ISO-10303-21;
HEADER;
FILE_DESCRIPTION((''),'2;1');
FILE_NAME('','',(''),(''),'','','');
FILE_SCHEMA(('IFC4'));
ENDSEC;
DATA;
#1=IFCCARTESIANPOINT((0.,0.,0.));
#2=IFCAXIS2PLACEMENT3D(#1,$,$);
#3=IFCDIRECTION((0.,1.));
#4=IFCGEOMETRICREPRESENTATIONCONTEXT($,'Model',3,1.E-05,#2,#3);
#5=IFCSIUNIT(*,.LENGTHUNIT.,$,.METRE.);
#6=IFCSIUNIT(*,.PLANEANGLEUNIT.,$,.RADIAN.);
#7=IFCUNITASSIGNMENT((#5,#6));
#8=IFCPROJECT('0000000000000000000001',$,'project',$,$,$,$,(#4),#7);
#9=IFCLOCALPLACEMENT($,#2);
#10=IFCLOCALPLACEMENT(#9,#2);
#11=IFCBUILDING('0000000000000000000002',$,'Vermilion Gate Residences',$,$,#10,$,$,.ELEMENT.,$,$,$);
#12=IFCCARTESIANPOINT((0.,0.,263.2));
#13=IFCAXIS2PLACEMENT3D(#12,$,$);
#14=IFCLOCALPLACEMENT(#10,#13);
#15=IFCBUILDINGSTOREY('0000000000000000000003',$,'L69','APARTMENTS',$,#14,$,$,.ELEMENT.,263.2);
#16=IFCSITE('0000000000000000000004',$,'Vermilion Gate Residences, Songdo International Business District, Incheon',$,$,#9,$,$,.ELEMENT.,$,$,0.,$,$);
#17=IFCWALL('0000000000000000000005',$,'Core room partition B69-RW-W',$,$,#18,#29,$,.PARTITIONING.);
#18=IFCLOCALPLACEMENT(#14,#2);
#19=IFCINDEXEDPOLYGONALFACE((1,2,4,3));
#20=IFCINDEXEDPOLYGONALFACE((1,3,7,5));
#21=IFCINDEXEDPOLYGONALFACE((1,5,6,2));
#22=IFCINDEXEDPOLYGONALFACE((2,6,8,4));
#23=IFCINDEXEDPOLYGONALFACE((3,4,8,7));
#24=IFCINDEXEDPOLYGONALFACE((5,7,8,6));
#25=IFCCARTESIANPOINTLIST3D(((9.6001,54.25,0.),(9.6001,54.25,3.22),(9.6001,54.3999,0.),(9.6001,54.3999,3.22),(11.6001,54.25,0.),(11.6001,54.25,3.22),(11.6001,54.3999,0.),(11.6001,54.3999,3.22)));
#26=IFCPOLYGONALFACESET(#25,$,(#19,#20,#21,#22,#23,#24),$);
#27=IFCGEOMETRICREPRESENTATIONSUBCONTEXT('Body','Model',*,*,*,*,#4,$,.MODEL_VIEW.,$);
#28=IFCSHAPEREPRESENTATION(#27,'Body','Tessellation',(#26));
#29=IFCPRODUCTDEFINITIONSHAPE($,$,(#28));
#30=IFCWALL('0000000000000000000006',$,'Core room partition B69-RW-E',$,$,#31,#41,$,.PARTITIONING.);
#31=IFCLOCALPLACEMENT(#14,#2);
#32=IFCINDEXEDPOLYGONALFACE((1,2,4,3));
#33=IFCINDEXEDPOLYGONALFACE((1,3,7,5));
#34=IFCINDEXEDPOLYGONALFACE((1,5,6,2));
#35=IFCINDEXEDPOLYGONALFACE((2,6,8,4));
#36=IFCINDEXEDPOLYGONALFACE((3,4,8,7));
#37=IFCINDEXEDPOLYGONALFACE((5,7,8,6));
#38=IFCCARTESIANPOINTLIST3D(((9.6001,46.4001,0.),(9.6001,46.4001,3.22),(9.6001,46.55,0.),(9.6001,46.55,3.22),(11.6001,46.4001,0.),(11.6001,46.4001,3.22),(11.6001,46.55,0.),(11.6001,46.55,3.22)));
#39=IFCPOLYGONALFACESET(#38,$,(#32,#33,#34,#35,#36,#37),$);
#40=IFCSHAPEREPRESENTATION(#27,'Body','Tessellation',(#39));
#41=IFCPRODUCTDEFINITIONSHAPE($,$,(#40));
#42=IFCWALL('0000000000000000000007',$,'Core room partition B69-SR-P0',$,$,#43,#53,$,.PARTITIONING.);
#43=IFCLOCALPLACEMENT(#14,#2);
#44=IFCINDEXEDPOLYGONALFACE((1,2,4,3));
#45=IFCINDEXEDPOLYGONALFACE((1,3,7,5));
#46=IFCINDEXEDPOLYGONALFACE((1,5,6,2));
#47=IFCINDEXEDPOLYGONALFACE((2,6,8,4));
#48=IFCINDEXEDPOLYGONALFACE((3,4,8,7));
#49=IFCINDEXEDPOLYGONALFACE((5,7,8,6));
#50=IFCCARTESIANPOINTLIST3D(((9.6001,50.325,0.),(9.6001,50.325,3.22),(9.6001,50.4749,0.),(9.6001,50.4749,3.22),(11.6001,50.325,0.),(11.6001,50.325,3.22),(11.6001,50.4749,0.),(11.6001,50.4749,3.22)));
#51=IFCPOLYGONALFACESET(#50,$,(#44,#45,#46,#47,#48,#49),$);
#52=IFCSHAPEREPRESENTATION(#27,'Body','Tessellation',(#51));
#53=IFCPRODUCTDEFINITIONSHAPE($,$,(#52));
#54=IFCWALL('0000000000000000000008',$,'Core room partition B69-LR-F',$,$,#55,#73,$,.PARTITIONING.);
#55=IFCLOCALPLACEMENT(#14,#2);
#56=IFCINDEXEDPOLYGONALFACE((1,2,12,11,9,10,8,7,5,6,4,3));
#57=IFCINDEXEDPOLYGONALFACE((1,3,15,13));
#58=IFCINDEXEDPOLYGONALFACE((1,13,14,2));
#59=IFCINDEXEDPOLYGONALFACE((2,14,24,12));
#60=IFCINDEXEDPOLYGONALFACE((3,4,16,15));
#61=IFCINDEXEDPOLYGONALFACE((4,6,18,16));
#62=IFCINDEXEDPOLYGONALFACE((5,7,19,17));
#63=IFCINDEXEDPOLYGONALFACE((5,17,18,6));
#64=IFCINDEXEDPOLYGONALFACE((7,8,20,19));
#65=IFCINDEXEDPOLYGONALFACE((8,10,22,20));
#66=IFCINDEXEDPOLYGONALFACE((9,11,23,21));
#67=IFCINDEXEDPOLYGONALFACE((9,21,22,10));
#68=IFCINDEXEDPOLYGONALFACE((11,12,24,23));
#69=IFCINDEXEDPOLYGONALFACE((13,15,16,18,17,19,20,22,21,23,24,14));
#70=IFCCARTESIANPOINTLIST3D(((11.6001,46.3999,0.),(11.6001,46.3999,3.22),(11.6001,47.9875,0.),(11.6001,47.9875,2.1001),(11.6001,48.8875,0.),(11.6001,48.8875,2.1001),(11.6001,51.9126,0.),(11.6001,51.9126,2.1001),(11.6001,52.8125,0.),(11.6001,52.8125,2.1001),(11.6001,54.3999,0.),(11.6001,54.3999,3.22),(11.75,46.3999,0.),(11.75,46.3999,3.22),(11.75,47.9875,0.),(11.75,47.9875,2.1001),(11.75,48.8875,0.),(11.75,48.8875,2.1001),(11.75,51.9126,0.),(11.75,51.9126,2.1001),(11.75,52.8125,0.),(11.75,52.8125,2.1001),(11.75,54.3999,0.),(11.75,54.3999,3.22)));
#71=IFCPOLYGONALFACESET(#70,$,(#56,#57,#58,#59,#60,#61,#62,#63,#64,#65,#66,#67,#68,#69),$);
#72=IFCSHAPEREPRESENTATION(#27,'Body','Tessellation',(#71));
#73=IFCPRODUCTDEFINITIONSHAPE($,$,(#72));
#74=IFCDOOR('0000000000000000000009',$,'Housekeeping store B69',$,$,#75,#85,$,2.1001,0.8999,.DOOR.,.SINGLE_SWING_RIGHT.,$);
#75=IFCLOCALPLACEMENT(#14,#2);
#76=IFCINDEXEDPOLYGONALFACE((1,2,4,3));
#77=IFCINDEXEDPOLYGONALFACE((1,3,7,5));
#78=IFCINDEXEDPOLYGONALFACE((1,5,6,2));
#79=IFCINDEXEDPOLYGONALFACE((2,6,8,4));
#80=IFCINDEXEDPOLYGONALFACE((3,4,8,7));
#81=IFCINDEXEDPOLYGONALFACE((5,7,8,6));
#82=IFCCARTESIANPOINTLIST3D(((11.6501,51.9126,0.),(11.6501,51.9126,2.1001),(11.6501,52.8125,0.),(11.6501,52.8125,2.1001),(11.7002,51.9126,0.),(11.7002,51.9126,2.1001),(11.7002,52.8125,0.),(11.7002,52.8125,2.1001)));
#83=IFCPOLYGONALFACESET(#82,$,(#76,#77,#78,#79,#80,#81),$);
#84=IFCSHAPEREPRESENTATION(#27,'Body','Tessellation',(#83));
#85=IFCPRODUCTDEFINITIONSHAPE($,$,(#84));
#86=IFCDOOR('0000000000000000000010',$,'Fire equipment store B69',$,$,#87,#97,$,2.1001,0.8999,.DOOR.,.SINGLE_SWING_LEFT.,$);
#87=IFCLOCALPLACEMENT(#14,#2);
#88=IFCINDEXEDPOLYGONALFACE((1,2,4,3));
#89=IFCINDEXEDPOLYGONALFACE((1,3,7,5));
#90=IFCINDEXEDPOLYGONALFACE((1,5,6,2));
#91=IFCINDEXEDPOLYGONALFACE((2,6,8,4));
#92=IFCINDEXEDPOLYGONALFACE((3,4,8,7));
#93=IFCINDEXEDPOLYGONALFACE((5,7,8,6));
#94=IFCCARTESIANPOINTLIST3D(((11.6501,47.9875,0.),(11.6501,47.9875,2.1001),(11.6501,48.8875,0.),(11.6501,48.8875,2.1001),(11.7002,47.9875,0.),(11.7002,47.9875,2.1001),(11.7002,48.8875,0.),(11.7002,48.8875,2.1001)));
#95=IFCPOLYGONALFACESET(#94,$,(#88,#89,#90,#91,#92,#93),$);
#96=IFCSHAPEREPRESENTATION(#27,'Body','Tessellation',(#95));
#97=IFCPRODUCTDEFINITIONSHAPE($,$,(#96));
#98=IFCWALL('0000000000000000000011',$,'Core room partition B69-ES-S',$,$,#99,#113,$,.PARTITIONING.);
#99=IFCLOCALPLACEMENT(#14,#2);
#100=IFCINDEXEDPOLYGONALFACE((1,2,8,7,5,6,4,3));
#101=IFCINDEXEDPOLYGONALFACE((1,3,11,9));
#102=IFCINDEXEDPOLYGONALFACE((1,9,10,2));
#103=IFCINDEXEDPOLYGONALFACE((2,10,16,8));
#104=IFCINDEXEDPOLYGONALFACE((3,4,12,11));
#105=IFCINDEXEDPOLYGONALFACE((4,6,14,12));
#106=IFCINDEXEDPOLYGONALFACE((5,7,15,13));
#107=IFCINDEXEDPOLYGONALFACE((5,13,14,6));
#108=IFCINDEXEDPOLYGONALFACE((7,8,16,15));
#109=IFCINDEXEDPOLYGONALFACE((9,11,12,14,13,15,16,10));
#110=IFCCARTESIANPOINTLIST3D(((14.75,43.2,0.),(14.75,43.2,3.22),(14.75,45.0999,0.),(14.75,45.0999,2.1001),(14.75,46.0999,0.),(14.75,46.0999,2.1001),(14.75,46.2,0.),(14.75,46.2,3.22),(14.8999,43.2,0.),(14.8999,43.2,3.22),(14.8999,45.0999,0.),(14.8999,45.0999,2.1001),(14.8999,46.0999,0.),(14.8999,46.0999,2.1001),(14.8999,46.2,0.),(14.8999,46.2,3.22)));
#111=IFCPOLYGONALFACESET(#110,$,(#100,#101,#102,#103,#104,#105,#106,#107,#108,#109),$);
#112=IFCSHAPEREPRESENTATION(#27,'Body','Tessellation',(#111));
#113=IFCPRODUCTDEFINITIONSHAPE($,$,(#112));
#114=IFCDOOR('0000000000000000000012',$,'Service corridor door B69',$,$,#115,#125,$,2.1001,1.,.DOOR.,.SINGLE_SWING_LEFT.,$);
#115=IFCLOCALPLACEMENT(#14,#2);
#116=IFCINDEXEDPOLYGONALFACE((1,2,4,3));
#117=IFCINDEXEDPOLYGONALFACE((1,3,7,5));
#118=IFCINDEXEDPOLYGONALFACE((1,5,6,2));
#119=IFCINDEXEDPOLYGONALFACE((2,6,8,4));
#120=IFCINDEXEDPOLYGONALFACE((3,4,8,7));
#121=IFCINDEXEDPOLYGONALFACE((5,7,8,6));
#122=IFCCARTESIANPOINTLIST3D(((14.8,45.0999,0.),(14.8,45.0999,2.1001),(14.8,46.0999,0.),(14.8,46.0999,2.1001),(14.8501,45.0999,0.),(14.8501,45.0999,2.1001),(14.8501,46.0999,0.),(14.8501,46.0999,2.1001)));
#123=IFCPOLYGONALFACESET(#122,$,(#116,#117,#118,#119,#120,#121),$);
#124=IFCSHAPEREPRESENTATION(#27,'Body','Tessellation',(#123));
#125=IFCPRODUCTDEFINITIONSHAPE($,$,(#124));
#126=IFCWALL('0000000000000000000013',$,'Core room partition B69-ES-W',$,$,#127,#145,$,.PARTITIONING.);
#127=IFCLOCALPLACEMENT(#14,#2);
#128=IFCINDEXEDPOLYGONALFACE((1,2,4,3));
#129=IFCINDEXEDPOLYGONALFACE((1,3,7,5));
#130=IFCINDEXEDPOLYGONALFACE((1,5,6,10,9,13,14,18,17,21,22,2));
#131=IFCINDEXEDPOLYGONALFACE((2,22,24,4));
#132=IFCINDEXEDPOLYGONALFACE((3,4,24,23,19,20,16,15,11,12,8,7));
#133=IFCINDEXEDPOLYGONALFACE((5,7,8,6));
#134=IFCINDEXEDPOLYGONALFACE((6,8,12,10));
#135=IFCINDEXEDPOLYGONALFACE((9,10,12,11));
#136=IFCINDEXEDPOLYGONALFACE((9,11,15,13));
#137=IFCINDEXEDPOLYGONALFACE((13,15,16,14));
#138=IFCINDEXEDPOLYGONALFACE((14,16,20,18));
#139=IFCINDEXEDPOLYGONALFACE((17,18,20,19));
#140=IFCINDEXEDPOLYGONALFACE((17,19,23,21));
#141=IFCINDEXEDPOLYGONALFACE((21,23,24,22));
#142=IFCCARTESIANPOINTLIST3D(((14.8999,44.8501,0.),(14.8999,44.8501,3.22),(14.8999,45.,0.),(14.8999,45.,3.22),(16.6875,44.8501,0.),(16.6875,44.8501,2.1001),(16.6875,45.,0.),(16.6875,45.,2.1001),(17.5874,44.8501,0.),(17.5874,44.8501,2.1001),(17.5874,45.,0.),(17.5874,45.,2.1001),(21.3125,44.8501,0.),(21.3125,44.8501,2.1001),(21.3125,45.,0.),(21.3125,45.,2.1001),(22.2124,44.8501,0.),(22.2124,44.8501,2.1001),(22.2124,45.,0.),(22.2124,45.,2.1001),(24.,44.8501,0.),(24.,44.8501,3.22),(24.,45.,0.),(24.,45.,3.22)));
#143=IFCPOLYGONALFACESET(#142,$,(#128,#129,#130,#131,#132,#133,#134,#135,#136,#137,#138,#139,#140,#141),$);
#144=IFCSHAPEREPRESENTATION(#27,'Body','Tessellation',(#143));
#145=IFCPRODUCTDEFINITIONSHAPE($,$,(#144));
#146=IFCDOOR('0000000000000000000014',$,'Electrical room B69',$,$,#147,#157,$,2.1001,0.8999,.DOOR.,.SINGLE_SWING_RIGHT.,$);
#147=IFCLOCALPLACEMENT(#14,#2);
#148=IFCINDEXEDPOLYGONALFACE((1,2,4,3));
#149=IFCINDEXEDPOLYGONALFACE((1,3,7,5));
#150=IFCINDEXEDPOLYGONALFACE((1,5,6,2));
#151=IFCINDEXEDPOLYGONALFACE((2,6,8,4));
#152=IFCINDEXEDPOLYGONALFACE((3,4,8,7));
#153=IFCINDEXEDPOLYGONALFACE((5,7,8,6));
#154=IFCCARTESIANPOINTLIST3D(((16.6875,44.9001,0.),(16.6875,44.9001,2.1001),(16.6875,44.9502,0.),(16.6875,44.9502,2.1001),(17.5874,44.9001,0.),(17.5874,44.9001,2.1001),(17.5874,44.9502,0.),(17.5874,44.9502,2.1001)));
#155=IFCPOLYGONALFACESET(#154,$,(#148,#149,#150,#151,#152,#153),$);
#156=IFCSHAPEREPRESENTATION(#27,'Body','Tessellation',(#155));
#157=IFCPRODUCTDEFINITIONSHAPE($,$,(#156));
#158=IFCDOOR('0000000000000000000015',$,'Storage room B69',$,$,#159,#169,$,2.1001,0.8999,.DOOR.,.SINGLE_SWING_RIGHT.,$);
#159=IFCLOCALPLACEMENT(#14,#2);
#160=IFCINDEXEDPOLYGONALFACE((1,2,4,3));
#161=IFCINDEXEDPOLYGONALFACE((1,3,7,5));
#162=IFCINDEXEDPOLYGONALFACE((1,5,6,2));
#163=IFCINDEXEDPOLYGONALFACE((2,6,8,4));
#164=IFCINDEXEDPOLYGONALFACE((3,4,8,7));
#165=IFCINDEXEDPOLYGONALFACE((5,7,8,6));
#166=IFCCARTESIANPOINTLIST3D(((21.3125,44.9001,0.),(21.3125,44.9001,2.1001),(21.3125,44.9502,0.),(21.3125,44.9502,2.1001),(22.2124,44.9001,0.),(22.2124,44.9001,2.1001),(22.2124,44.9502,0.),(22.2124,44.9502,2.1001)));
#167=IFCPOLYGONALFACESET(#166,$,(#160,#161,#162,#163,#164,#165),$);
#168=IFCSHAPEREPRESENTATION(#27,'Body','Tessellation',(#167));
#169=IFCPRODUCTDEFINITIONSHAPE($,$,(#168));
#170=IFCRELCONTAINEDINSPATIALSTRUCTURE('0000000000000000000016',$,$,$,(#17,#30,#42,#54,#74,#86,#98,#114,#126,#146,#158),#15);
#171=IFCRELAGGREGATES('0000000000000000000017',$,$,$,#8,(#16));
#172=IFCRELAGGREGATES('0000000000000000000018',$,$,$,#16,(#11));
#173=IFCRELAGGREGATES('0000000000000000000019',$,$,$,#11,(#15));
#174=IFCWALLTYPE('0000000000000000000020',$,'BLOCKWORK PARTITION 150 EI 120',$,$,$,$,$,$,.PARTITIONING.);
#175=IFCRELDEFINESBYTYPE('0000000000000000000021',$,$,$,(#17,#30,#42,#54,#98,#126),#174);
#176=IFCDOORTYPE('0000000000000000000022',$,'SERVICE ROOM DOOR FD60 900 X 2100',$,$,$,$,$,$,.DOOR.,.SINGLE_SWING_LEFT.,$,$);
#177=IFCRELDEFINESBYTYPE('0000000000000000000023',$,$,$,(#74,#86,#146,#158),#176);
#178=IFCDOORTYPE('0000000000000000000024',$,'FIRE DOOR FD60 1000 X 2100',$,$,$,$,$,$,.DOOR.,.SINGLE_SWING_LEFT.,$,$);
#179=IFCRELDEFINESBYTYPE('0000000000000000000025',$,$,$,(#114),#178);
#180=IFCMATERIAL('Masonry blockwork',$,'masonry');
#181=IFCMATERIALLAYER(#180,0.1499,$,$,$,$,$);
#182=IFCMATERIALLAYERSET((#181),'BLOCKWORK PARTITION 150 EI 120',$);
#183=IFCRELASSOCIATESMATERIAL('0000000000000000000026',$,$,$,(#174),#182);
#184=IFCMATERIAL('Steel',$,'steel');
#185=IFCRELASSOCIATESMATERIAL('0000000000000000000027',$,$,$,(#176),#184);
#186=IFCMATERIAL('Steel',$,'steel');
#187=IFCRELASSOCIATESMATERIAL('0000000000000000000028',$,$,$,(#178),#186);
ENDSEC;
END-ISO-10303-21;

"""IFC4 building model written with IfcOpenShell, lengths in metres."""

from ifc_helpers import new_model, si_unit, direction, frame, frame_2d, origin, place, context, subcontext, project, spatial, rectangle, extrude, material, layer, layer_set, type_object, element, fill, save


model = new_model("IFC4")

# Units and contexts
model_context = context("Model", 3, precision=1e-05, world=origin(), true_north=direction((0.0, 1.0)))
body_context = subcontext(model_context, "Body", "Model", "MODEL_VIEW")
ifc_project = project(units=[si_unit("LENGTHUNIT", "METRE"), si_unit("PLANEANGLEUNIT", "RADIAN")], contexts=[model_context])

# Site, building, storey
site_placement = place(None, origin())
site = spatial("IfcSite", under=ifc_project, at=site_placement, Name="Vermilion Gate Residences, Songdo International Business District, Incheon", CompositionType="ELEMENT", RefElevation=0.0)
building_placement = place(site_placement, origin())
building = spatial("IfcBuilding", under=site, at=building_placement, Name="Vermilion Gate Residences", CompositionType="ELEMENT")
storey_placement = place(building_placement, frame((0.0, 0.0, 263.2)))
storey = spatial("IfcBuildingStorey", under=building, at=storey_placement, Name="L69", Description="APARTMENTS", CompositionType="ELEMENT", Elevation=263.2)

# Walls
ifc_material_1 = material(Name="Masonry blockwork", Category="masonry")
ifc_layer_1 = layer(ifc_material_1, 0.1499)
ifc_layer_set_1 = layer_set([ifc_layer_1], Name="BLOCKWORK PARTITION 150 EI 120")
wall_type_1 = type_object("IfcWallType", Name="BLOCKWORK PARTITION 150 EI 120", PredefinedType="PARTITIONING", material=ifc_layer_set_1)
for number, where, z_axis, x_axis, name in (
    (1, (9.6001, 54.325, 0.0), (0.0, 0.0, 1.0), (1.0, 0.0, 0.0), "Core room partition B69-RW-W"),
    (2, (9.6001, 46.4751, 0.0), (0.0, 0.0, 1.0), (1.0, 0.0, 0.0), "Core room partition B69-RW-E"),
    (3, (9.6001, 50.3999, 0.0), (0.0, 0.0, 1.0), (1.0, 0.0, 0.0), "Core room partition B69-SR-P0"),
):
    element("IfcWall", number, at=place(storey_placement, frame(where, z_axis=z_axis, x_axis=x_axis)), inside=storey, type_object=wall_type_1, Name=name, PredefinedType="PARTITIONING", context=body_context, shape_type="SweptSolid", body=[
        extrude(rectangle(XDim=2.0, YDim=0.1499, at=frame_2d((1.0, 0.0))), origin(), (0.0, 0.0, 1.0), 3.22),
    ])

# Wall, openings, doors
wall_1_placement = place(storey_placement, frame((11.675, 54.3999, 0.0), z_axis=(0.0, 0.0, 1.0), x_axis=(0.0, -1.0, 0.0)))
wall_1 = element("IfcWall", 4, at=wall_1_placement, inside=storey, type_object=wall_type_1, Name="Core room partition B69-LR-F", PredefinedType="PARTITIONING", context=body_context, shape_type="SweptSolid", body=[
    extrude(rectangle(XDim=8.0, YDim=0.1499, at=frame_2d((4.0, 0.0))), origin(), (0.0, 0.0, 1.0), 3.22),
])
opening_1_placement = place(wall_1_placement, frame((1.5874, 0.0, 0.0)))
opening_1 = element("IfcOpeningElement", 5, at=opening_1_placement, cuts=wall_1, PredefinedType="OPENING", context=body_context, shape_type="SweptSolid", body=[
    extrude(rectangle(XDim=0.8999, YDim=2.1001, at=frame_2d((0.45, 1.05))), frame((0.0, 0.085, 0.0), z_axis=(0.0, -1.0, 0.0), x_axis=(1.0, 0.0, 0.0)), (0.0, 0.0, 1.0), 0.1699),
])
opening_2_placement = place(wall_1_placement, frame((5.5125, 0.0, 0.0)))
opening_2 = element("IfcOpeningElement", 6, at=opening_2_placement, cuts=wall_1, PredefinedType="OPENING", context=body_context, shape_type="SweptSolid", body=[
    extrude(rectangle(XDim=0.8999, YDim=2.1001, at=frame_2d((0.45, 1.05))), frame((0.0, 0.085, 0.0), z_axis=(0.0, -1.0, 0.0), x_axis=(1.0, 0.0, 0.0)), (0.0, 0.0, 1.0), 0.1699),
])
ifc_material_2 = material(Name="Steel", Category="steel")
door_type_1 = type_object("IfcDoorType", Name="SERVICE ROOM DOOR FD60 900 X 2100", OperationType="SINGLE_SWING_LEFT", PredefinedType="DOOR", material=ifc_material_2)
door_1_placement = place(opening_1_placement, frame((0.8999, 0.0, 0.0), z_axis=(0.0, 0.0, 1.0), x_axis=(-1.0, 0.0, 0.0)))
door_1 = element("IfcDoor", 7, at=door_1_placement, inside=storey, type_object=door_type_1, Name="Housekeeping store B69", OperationType="SINGLE_SWING_RIGHT", OverallHeight=2.1001, OverallWidth=0.8999, PredefinedType="DOOR", context=body_context, shape_type="SweptSolid", body=[
    extrude(rectangle(XDim=0.8999, YDim=2.1001, at=frame_2d((0.45, 1.05))), frame((0.0, 0.0249, 0.0), z_axis=(0.0, -1.0, 0.0), x_axis=(1.0, 0.0, 0.0)), (0.0, 0.0, 1.0), 0.05),
])
fill(opening_1, door_1)
door_2_placement = place(opening_2_placement, frame((0.8999, 0.0, 0.0), z_axis=(0.0, 0.0, 1.0), x_axis=(-1.0, 0.0, 0.0)))
door_2 = element("IfcDoor", 8, at=door_2_placement, inside=storey, type_object=door_type_1, Name="Fire equipment store B69", OperationType="SINGLE_SWING_LEFT", OverallHeight=2.1001, OverallWidth=0.8999, PredefinedType="DOOR", context=body_context, shape_type="SweptSolid", body=[
    extrude(rectangle(XDim=0.8999, YDim=2.1001, at=frame_2d((0.45, 1.05))), frame((0.0, 0.0249, 0.0), z_axis=(0.0, -1.0, 0.0), x_axis=(1.0, 0.0, 0.0)), (0.0, 0.0, 1.0), 0.05),
])
fill(opening_2, door_2)

# Wall, opening, door
wall_2_placement = place(storey_placement, frame((14.825, 46.2, 0.0), z_axis=(0.0, 0.0, 1.0), x_axis=(0.0, -1.0, 0.0)))
wall_2 = element("IfcWall", 9, at=wall_2_placement, inside=storey, type_object=wall_type_1, Name="Core room partition B69-ES-S", PredefinedType="PARTITIONING", context=body_context, shape_type="SweptSolid", body=[
    extrude(rectangle(XDim=3.0, YDim=0.1499, at=frame_2d((1.5, 0.0))), origin(), (0.0, 0.0, 1.0), 3.22),
])
opening_3_placement = place(wall_2_placement, frame((0.1001, 0.0, 0.0)))
opening_3 = element("IfcOpeningElement", 10, at=opening_3_placement, cuts=wall_2, PredefinedType="OPENING", context=body_context, shape_type="SweptSolid", body=[
    extrude(rectangle(XDim=1.0, YDim=2.1001, at=frame_2d((0.5, 1.05))), frame((0.0, 0.085, 0.0), z_axis=(0.0, -1.0, 0.0), x_axis=(1.0, 0.0, 0.0)), (0.0, 0.0, 1.0), 0.1699),
])
ifc_material_3 = material(Name="Steel", Category="steel")
door_type_2 = type_object("IfcDoorType", Name="FIRE DOOR FD60 1000 X 2100", OperationType="SINGLE_SWING_LEFT", PredefinedType="DOOR", material=ifc_material_3)
door_3_placement = place(opening_3_placement, frame((1.0, 0.0, 0.0), z_axis=(0.0, 0.0, 1.0), x_axis=(-1.0, 0.0, 0.0)))
door_3 = element("IfcDoor", 11, at=door_3_placement, inside=storey, type_object=door_type_2, Name="Service corridor door B69", OperationType="SINGLE_SWING_LEFT", OverallHeight=2.1001, OverallWidth=1.0, PredefinedType="DOOR", context=body_context, shape_type="SweptSolid", body=[
    extrude(rectangle(XDim=1.0, YDim=2.1001, at=frame_2d((0.5, 1.05))), frame((0.0, 0.0249, 0.0), z_axis=(0.0, -1.0, 0.0), x_axis=(1.0, 0.0, 0.0)), (0.0, 0.0, 1.0), 0.05),
])
fill(opening_3, door_3)

# Wall, openings, doors
wall_3_placement = place(storey_placement, frame((14.8999, 44.925, 0.0), z_axis=(0.0, 0.0, 1.0), x_axis=(1.0, 0.0, 0.0)))
wall_3 = element("IfcWall", 12, at=wall_3_placement, inside=storey, type_object=wall_type_1, Name="Core room partition B69-ES-W", PredefinedType="PARTITIONING", context=body_context, shape_type="SweptSolid", body=[
    extrude(rectangle(XDim=9.1001, YDim=0.1499, at=frame_2d((4.55, 0.0))), origin(), (0.0, 0.0, 1.0), 3.22),
])
opening_4_placement = place(wall_3_placement, frame((1.7876, 0.0, 0.0)))
opening_4 = element("IfcOpeningElement", 13, at=opening_4_placement, cuts=wall_3, PredefinedType="OPENING", context=body_context, shape_type="SweptSolid", body=[
    extrude(rectangle(XDim=0.8999, YDim=2.1001, at=frame_2d((0.45, 1.05))), frame((0.0, 0.085, 0.0), z_axis=(0.0, -1.0, 0.0), x_axis=(1.0, 0.0, 0.0)), (0.0, 0.0, 1.0), 0.1699),
])
opening_5_placement = place(wall_3_placement, frame((6.4126, 0.0, 0.0)))
opening_5 = element("IfcOpeningElement", 14, at=opening_5_placement, cuts=wall_3, PredefinedType="OPENING", context=body_context, shape_type="SweptSolid", body=[
    extrude(rectangle(XDim=0.8999, YDim=2.1001, at=frame_2d((0.45, 1.05))), frame((0.0, 0.085, 0.0), z_axis=(0.0, -1.0, 0.0), x_axis=(1.0, 0.0, 0.0)), (0.0, 0.0, 1.0), 0.1699),
])
door_4_placement = place(opening_4_placement, frame((0.8999, 0.0, 0.0), z_axis=(0.0, 0.0, 1.0), x_axis=(-1.0, 0.0, 0.0)))
door_4 = element("IfcDoor", 15, at=door_4_placement, inside=storey, type_object=door_type_1, Name="Electrical room B69", OperationType="SINGLE_SWING_RIGHT", OverallHeight=2.1001, OverallWidth=0.8999, PredefinedType="DOOR", context=body_context, shape_type="SweptSolid", body=[
    extrude(rectangle(XDim=0.8999, YDim=2.1001, at=frame_2d((0.45, 1.05))), frame((0.0, 0.0249, 0.0), z_axis=(0.0, -1.0, 0.0), x_axis=(1.0, 0.0, 0.0)), (0.0, 0.0, 1.0), 0.05),
])
fill(opening_4, door_4)
door_5_placement = place(opening_5_placement, frame((0.8999, 0.0, 0.0), z_axis=(0.0, 0.0, 1.0), x_axis=(-1.0, 0.0, 0.0)))
door_5 = element("IfcDoor", 16, at=door_5_placement, inside=storey, type_object=door_type_1, Name="Storage room B69", OperationType="SINGLE_SWING_RIGHT", OverallHeight=2.1001, OverallWidth=0.8999, PredefinedType="DOOR", context=body_context, shape_type="SweptSolid", body=[
    extrude(rectangle(XDim=0.8999, YDim=2.1001, at=frame_2d((0.45, 1.05))), frame((0.0, 0.0249, 0.0), z_axis=(0.0, -1.0, 0.0), x_axis=(1.0, 0.0, 0.0)), (0.0, 0.0, 1.0), 0.05),
])
fill(opening_5, door_5)

save(model, "model.ifc")
